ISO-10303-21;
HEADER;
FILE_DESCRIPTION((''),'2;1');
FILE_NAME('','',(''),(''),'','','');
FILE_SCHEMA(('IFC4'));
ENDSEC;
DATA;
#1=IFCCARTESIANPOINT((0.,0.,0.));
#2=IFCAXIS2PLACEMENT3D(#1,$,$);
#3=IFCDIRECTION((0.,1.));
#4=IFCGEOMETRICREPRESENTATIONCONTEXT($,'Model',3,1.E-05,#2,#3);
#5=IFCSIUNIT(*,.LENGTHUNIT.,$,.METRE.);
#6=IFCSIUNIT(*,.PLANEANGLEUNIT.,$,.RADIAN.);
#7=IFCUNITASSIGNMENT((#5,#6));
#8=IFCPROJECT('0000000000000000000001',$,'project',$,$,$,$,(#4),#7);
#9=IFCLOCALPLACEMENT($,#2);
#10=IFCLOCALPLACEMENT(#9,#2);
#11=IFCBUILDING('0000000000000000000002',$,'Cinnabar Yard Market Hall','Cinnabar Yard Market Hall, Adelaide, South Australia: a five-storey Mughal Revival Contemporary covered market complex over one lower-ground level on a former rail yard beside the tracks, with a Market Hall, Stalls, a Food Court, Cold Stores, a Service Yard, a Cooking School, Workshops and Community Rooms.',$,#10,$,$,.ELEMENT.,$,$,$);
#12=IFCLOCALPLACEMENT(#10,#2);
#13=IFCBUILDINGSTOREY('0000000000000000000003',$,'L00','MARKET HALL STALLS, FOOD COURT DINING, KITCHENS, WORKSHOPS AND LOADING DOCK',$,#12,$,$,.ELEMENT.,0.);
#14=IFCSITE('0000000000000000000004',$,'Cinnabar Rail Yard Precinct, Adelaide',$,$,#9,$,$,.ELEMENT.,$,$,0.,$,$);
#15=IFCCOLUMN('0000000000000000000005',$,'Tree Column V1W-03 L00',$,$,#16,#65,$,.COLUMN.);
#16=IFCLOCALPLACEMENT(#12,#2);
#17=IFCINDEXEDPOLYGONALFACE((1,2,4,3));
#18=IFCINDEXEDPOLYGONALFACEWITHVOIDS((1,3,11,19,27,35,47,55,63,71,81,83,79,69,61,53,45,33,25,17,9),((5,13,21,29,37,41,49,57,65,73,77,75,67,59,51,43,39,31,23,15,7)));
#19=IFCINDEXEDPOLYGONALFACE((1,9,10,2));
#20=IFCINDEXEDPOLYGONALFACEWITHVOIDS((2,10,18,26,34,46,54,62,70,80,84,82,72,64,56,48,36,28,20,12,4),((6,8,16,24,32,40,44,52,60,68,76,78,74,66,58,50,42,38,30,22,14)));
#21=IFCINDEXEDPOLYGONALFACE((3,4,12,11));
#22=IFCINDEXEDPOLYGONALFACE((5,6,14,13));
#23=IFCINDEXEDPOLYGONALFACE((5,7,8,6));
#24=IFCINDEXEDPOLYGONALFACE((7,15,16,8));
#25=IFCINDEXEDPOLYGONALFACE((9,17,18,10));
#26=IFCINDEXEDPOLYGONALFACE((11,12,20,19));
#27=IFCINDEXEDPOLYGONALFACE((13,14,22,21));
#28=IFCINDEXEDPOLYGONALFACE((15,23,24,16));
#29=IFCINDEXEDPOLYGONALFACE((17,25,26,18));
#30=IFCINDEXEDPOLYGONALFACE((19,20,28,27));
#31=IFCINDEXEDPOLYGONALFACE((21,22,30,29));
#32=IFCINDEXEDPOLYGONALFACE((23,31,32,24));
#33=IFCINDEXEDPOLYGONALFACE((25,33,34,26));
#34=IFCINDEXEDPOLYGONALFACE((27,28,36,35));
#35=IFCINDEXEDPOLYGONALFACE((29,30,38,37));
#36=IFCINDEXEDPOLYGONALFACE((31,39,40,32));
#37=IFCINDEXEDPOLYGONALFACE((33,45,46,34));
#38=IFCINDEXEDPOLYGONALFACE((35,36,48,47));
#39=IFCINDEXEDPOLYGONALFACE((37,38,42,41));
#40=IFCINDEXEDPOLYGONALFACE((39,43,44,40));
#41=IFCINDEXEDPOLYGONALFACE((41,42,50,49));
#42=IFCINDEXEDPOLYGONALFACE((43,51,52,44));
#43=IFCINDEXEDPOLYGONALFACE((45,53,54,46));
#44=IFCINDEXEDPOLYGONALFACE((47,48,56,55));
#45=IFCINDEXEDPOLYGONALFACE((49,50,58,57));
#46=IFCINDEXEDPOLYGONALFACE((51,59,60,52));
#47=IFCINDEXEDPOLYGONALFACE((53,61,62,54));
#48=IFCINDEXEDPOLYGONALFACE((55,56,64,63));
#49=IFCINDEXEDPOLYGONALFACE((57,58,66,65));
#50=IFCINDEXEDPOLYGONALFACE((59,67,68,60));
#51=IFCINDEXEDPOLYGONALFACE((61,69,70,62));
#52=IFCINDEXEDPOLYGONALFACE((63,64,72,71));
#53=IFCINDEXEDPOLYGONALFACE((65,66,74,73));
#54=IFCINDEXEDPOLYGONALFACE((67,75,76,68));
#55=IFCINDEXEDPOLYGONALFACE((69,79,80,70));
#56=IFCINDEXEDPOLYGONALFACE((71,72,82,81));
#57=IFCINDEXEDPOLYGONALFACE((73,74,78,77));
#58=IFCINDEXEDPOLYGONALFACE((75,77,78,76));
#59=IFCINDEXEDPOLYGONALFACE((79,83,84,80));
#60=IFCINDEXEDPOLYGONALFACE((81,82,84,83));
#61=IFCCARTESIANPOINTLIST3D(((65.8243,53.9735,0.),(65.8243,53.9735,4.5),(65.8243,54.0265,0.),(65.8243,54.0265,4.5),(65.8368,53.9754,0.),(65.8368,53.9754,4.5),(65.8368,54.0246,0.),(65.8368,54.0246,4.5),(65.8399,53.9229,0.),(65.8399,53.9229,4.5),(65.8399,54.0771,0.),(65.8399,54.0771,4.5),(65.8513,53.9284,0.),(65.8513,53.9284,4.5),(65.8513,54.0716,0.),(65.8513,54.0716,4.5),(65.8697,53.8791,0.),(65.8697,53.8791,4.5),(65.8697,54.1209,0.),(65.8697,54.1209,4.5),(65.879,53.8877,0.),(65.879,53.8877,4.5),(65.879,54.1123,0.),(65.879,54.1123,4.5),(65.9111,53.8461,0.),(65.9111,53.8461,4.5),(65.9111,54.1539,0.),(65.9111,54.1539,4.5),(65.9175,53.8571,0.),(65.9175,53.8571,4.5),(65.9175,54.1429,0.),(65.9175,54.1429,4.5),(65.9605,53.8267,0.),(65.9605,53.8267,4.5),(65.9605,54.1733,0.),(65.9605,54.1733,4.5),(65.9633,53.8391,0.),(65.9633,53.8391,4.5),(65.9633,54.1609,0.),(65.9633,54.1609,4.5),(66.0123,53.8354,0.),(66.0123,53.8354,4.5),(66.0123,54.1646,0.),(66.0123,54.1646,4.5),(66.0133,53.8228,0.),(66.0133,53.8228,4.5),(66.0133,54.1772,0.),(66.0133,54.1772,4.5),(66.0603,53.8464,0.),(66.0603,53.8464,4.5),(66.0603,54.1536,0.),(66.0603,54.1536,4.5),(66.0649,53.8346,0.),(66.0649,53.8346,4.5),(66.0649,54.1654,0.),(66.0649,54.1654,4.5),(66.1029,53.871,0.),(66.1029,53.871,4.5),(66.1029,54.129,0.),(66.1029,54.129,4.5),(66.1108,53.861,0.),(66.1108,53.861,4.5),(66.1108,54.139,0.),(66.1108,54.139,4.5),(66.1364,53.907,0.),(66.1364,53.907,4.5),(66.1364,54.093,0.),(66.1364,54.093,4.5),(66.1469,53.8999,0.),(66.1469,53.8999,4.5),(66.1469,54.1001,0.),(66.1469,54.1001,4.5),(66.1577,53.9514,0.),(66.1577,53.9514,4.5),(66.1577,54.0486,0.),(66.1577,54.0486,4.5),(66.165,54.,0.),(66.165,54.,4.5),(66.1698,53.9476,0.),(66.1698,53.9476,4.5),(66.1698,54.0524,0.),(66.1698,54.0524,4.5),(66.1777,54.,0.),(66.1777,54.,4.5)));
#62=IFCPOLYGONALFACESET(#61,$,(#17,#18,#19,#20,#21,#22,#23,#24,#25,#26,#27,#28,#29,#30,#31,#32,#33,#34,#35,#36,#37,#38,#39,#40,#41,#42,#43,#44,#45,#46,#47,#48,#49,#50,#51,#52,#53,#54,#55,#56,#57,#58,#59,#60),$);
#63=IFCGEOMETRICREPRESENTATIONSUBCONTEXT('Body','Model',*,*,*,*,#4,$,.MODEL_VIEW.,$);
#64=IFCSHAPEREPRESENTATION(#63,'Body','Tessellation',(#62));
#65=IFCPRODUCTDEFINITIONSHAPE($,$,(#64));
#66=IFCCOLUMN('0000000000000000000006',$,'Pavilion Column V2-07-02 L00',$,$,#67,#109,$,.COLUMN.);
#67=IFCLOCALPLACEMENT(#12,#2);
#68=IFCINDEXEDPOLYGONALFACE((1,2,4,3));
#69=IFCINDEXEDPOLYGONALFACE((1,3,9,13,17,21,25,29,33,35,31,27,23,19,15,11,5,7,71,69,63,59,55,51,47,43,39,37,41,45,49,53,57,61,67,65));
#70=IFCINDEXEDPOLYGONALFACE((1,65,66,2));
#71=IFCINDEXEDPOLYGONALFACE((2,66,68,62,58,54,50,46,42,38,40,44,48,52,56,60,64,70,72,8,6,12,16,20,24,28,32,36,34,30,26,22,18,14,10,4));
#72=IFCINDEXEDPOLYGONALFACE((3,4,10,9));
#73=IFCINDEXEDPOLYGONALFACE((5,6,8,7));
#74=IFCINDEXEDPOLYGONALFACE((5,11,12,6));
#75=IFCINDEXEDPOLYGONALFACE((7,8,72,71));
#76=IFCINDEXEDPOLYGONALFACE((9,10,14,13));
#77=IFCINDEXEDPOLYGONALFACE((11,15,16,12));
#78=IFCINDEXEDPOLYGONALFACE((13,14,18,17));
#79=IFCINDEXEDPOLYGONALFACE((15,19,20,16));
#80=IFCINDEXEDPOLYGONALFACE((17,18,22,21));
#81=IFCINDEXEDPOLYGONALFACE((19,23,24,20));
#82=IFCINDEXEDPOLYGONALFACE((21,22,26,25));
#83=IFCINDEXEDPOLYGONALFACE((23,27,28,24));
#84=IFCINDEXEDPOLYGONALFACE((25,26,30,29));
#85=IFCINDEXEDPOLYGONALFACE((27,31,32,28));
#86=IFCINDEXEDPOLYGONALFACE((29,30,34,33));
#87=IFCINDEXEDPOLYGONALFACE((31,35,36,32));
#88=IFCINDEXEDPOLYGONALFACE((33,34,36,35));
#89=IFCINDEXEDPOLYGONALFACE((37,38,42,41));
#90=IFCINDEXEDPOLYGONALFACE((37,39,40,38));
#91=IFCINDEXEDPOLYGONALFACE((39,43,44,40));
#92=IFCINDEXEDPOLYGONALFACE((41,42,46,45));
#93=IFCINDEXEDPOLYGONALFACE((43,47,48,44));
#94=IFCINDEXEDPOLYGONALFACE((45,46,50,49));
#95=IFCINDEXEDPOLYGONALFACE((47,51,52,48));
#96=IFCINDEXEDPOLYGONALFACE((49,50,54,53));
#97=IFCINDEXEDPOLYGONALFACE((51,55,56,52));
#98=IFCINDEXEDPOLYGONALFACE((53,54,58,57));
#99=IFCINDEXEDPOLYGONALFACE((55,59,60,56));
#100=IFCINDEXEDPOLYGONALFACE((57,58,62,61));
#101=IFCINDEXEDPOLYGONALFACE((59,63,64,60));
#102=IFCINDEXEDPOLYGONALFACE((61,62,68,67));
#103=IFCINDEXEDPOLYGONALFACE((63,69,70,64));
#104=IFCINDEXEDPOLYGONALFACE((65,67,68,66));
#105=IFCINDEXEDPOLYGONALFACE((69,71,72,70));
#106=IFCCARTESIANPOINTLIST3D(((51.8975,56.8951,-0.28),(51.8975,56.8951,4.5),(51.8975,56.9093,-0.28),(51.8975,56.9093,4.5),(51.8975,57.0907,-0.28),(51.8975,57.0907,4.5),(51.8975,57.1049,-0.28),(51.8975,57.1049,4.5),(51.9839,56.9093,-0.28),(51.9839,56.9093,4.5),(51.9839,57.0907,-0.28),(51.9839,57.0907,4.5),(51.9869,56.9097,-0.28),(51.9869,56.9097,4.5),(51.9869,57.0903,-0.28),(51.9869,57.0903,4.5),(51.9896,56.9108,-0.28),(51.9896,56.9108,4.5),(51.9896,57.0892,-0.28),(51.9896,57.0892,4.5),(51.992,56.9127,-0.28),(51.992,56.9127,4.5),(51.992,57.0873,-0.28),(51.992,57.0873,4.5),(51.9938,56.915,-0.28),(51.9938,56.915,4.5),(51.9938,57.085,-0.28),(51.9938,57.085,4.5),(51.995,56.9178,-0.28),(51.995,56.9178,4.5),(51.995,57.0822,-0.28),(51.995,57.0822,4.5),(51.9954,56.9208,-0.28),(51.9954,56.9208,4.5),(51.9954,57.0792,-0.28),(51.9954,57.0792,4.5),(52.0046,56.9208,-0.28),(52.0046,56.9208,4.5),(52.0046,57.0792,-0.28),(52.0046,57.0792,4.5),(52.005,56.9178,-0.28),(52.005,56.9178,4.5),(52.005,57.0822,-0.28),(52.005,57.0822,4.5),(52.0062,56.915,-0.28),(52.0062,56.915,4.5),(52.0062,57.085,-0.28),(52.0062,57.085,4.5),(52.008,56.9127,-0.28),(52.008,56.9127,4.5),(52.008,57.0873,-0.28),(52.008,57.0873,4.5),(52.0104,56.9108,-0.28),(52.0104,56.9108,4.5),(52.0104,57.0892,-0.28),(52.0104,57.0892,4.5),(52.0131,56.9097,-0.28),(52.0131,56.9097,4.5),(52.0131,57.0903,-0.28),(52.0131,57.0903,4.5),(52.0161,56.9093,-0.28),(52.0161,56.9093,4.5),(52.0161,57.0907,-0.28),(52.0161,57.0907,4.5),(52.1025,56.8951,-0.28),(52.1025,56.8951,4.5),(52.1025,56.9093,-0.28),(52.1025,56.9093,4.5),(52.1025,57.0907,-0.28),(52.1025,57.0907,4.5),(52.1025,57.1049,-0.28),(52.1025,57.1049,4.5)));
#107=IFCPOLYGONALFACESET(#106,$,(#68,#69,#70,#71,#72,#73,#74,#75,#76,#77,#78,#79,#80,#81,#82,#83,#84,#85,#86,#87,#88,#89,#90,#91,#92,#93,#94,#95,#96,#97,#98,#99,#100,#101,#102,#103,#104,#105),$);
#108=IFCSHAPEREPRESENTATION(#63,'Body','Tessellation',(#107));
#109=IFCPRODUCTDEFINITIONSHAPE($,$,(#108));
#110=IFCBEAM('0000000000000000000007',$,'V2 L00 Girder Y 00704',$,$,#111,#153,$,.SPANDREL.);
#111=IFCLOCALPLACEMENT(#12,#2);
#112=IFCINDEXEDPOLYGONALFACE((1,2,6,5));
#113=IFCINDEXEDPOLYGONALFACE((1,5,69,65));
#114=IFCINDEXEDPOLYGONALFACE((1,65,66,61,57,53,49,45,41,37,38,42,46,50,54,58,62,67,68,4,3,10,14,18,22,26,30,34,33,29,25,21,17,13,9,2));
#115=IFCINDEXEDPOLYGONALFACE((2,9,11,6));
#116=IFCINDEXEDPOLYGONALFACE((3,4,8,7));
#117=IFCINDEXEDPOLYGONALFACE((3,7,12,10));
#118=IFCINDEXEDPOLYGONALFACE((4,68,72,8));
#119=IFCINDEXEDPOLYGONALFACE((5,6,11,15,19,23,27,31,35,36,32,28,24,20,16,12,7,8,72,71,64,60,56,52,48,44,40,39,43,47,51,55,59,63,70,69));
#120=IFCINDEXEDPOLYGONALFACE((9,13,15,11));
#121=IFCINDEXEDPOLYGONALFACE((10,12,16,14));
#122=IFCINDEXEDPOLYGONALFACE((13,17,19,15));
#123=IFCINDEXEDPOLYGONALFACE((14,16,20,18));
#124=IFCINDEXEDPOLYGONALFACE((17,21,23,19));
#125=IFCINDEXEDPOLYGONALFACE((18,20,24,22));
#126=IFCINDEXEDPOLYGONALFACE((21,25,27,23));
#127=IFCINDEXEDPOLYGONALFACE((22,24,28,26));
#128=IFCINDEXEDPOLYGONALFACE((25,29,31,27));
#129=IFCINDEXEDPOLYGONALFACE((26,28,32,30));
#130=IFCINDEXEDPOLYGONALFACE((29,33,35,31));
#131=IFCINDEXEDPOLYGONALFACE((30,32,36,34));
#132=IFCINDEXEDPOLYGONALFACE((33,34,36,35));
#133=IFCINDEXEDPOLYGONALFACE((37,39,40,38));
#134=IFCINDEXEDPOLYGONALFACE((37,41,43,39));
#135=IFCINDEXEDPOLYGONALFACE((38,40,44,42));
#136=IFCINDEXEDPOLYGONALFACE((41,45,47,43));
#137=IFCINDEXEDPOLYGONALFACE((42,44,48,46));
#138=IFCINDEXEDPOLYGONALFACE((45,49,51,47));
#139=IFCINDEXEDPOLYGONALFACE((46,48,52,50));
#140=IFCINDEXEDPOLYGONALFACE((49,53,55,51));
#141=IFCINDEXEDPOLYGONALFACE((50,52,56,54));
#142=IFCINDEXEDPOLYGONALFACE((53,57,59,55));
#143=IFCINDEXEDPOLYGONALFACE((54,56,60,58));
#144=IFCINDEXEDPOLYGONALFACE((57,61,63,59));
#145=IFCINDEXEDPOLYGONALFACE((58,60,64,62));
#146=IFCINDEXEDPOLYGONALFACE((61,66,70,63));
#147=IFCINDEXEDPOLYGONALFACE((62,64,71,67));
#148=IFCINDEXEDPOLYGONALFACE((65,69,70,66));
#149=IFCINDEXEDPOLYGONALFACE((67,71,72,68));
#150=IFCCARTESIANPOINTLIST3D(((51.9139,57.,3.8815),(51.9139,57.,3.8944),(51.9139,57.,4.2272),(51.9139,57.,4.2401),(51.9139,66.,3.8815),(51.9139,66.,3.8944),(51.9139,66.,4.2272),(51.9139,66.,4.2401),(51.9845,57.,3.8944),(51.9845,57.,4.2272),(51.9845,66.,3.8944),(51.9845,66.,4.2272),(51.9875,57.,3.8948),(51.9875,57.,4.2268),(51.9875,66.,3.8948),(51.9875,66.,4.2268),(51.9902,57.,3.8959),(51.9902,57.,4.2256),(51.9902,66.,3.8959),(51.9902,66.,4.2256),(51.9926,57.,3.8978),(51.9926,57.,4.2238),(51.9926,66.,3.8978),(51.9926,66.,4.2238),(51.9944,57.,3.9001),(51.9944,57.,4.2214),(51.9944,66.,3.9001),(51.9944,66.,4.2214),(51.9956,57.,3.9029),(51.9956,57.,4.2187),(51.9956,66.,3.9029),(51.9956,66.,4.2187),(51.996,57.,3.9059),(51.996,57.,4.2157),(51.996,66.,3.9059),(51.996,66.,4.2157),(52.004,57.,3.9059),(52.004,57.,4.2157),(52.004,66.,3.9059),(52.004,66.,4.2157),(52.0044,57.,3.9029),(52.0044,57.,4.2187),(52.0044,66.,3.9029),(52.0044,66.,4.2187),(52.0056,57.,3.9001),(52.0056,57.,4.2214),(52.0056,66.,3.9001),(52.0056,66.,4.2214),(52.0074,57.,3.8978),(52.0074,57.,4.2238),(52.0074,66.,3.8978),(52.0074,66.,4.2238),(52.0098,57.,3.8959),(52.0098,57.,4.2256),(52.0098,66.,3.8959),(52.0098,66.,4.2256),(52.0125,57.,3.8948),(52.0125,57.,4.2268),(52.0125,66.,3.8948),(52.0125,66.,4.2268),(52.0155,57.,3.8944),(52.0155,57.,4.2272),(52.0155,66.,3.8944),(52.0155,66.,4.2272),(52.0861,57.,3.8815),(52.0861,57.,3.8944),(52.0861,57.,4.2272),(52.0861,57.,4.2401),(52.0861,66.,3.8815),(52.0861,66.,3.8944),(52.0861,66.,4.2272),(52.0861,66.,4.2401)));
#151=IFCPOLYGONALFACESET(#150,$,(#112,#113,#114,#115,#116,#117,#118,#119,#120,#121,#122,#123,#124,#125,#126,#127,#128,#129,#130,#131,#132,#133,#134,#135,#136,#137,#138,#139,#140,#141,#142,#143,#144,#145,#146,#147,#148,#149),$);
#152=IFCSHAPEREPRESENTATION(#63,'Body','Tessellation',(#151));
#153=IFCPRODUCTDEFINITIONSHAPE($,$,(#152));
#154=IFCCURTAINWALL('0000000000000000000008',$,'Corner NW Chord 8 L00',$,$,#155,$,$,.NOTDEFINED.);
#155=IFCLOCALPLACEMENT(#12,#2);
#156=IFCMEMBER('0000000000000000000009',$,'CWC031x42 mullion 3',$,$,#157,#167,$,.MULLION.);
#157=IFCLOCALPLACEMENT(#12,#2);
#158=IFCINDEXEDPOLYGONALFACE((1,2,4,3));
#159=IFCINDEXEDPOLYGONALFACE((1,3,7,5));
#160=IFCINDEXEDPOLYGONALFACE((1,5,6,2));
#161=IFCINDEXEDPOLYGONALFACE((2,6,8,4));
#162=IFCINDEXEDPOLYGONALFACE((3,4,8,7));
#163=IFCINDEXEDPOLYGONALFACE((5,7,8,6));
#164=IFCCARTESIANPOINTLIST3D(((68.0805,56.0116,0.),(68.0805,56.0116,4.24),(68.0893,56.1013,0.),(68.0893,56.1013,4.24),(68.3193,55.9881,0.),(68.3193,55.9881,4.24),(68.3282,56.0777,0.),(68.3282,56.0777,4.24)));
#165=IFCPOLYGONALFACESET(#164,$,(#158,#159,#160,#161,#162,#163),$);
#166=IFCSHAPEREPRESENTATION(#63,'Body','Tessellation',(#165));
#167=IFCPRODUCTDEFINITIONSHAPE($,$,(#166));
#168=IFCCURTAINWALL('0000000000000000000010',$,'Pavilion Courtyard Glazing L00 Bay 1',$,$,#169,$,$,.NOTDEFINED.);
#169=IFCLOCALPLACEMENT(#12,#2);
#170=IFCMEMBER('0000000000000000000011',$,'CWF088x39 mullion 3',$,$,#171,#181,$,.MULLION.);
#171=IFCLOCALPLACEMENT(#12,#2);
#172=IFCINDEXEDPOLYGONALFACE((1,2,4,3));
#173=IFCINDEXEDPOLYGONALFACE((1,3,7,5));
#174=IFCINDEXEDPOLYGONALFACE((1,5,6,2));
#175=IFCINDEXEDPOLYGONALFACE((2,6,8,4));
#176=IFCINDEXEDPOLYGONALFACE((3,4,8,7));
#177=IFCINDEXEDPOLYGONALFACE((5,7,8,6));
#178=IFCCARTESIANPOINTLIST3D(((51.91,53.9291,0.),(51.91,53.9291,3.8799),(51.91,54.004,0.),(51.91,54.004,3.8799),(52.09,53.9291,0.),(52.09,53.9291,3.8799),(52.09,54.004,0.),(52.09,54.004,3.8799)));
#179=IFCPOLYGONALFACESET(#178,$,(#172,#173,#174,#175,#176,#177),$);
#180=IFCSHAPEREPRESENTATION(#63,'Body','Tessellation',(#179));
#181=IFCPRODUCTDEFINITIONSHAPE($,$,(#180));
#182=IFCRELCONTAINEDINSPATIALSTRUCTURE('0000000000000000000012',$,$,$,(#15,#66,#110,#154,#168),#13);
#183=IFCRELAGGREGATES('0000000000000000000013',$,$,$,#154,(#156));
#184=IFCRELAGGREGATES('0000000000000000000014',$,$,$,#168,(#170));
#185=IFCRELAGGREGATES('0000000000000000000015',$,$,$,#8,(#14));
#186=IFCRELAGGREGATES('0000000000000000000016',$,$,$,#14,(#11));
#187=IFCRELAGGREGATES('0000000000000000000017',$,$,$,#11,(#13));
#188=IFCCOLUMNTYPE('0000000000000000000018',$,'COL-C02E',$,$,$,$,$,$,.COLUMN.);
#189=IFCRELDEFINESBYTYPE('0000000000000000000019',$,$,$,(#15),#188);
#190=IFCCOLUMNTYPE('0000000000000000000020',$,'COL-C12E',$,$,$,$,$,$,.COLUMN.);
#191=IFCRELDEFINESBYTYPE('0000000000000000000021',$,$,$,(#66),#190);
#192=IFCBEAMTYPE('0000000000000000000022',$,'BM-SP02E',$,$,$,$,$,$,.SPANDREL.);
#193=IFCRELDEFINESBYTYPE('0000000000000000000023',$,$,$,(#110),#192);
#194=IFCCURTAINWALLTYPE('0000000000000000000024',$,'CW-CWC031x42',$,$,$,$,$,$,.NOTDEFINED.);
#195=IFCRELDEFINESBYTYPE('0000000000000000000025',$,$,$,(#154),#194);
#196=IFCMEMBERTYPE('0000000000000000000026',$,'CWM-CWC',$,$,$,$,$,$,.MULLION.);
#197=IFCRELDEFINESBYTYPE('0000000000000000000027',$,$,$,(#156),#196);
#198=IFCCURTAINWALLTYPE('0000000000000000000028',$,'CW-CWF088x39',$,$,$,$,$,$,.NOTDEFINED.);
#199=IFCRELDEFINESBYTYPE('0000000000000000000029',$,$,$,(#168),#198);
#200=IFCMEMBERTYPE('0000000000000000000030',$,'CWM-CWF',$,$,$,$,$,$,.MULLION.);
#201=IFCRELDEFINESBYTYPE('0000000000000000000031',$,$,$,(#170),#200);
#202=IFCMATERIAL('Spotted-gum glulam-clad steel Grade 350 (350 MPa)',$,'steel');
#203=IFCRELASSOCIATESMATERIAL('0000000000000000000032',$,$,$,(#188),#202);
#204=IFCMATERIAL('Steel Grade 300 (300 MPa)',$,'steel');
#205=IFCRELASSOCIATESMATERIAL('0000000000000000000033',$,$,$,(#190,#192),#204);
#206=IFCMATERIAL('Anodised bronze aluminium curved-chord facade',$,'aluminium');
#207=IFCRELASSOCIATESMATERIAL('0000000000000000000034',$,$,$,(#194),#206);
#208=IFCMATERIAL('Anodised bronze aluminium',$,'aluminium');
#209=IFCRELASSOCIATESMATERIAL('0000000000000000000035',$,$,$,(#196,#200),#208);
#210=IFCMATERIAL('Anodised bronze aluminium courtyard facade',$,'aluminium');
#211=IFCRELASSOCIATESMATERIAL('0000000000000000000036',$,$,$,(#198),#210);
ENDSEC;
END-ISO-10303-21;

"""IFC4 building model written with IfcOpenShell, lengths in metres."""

from ifc_helpers import new_model, si_unit, direction, frame, origin, origin_2d_with_axis, place, context, subcontext, project, spatial, rectangle, hollow_circle, i_section, extrude, material, material_profile, profile_set, type_object, element, aggregate, save


model = new_model("IFC4")

# Units and contexts
model_context = context("Model", 3, precision=1e-05, world=origin(), true_north=direction((0.0, 1.0)))
body_context = subcontext(model_context, "Body", "Model", "MODEL_VIEW")
ifc_project = project(units=[si_unit("LENGTHUNIT", "METRE"), si_unit("PLANEANGLEUNIT", "RADIAN")], contexts=[model_context])

# Site, building, storey
site_placement = place(None, origin())
site = spatial("IfcSite", under=ifc_project, at=site_placement, Name="Cinnabar Rail Yard Precinct, Adelaide", CompositionType="ELEMENT", RefElevation=0.0)
building_placement = place(site_placement, origin())
building = spatial("IfcBuilding", under=site, at=building_placement, Name="Cinnabar Yard Market Hall", Description="Cinnabar Yard Market Hall, Adelaide, South Australia: a five-storey Mughal Revival Contemporary covered market complex over one lower-ground level on a former rail yard beside the tracks, with a Market Hall, Stalls, a Food Court, Cold Stores, a Service Yard, a Cooking School, Workshops and Community Rooms.", CompositionType="ELEMENT")
storey_placement = place(building_placement, origin())
storey = spatial("IfcBuildingStorey", under=building, at=storey_placement, Name="L00", Description="MARKET HALL STALLS, FOOD COURT DINING, KITCHENS, WORKSHOPS AND LOADING DOCK", CompositionType="ELEMENT", Elevation=0.0)

# Columns
ifc_material_1 = material(Name="Spotted-gum glulam-clad steel Grade 350 (350 MPa)", Category="steel")
ifc_material_profile_1 = material_profile(ifc_material_1, hollow_circle(Radius=0.1777, WallThickness=0.0127, at=origin_2d_with_axis()), Name="355.6x12.7CHS")
ifc_profile_set_1 = profile_set([ifc_material_profile_1], Name="Spotted-gum glulam-clad steel Grade 350 (350 MPa)")
column_type_1 = type_object("IfcColumnType", Name="COL-C02E", PredefinedType="COLUMN", material=ifc_profile_set_1)
column_1_placement = place(storey_placement, frame((66.0, 54.0, 0.0), z_axis=(0.0, 0.0, 1.0), x_axis=(1.0, 0.0, 0.0)))
element("IfcColumn", 1, at=column_1_placement, inside=storey, type_object=column_type_1, Name="Tree Column V1W-03 L00", PredefinedType="COLUMN", context=body_context, shape_type="SweptSolid", body=[
    extrude(hollow_circle(Radius=0.1777, WallThickness=0.0127, at=origin_2d_with_axis()), origin(), (0.0, 0.0, 1.0), 4.5),
])
ifc_material_2 = material(Name="Steel Grade 300 (300 MPa)", Category="steel")
ifc_material_profile_2 = material_profile(ifc_material_2, i_section(OverallWidth=0.2051, OverallDepth=0.2097, WebThickness=0.0093, FlangeThickness=0.0142, FilletRadius=0.0115, at=origin_2d_with_axis()), Name="200UC59.5")
ifc_profile_set_2 = profile_set([ifc_material_profile_2], Name="Steel Grade 300 (300 MPa)")
column_type_2 = type_object("IfcColumnType", Name="COL-C12E", PredefinedType="COLUMN", material=ifc_profile_set_2)
column_2_placement = place(storey_placement, frame((52.0, 57.0, -0.28), z_axis=(0.0, 0.0, 1.0), x_axis=(1.0, 0.0, 0.0)))
element("IfcColumn", 2, at=column_2_placement, inside=storey, type_object=column_type_2, Name="Pavilion Column V2-07-02 L00", PredefinedType="COLUMN", context=body_context, shape_type="SweptSolid", body=[
    extrude(i_section(OverallWidth=0.2051, OverallDepth=0.2097, WebThickness=0.0093, FlangeThickness=0.0142, FilletRadius=0.0115, at=origin_2d_with_axis()), origin(), (0.0, 0.0, 1.0), 4.78),
])

# Beam
ifc_material_profile_3 = material_profile(ifc_material_2, i_section(OverallWidth=0.1721, OverallDepth=0.3586, WebThickness=0.0081, FlangeThickness=0.0129, FilletRadius=0.0115, at=origin_2d_with_axis()), Name="360UB56.7")
ifc_profile_set_3 = profile_set([ifc_material_profile_3], Name="Steel Grade 300 (300 MPa)")
beam_type = type_object("IfcBeamType", Name="BM-SP02E", PredefinedType="SPANDREL", material=ifc_profile_set_3)
beam_placement = place(storey_placement, frame((52.0, 57.0, 4.0608), z_axis=(0.0, 1.0, 0.0), x_axis=(-1.0, 0.0, 0.0)))
element("IfcBeam", 3, at=beam_placement, inside=storey, type_object=beam_type, Name="V2 L00 Girder Y 00704", PredefinedType="SPANDREL", context=body_context, shape_type="SweptSolid", body=[
    extrude(i_section(OverallWidth=0.1721, OverallDepth=0.3586, WebThickness=0.0081, FlangeThickness=0.0129, FilletRadius=0.0115, at=origin_2d_with_axis()), origin(), (0.0, 0.0, 1.0), 9.0),
])

# Curtain wall, member
ifc_material_3 = material(Name="Anodised bronze aluminium curved-chord facade", Category="aluminium")
curtain_wall_type_1 = type_object("IfcCurtainWallType", Name="CW-CWC031x42", PredefinedType="NOTDEFINED", material=ifc_material_3)
curtain_wall_1_placement = place(storey_placement, origin())
curtain_wall_1 = element("IfcCurtainWall", 4, at=curtain_wall_1_placement, inside=storey, type_object=curtain_wall_type_1, Name="Corner NW Chord 8 L00", PredefinedType="NOTDEFINED")
ifc_material_4 = material(Name="Anodised bronze aluminium", Category="aluminium")
ifc_material_profile_4 = material_profile(ifc_material_4, rectangle(XDim=0.24, YDim=0.0901, at=origin_2d_with_axis()), Name="MUL-CWC")
ifc_profile_set_4 = profile_set([ifc_material_profile_4], Name="Anodised bronze aluminium")
member_type_1 = type_object("IfcMemberType", Name="CWM-CWC", PredefinedType="MULLION", material=ifc_profile_set_4)
member_1_placement = place(storey_placement, frame((68.2043, 56.0447, 0.0), z_axis=(0.0, 0.0, 1.0), x_axis=(0.995184, -0.09802, 0.0)))
member_1 = element("IfcMember", 5, at=member_1_placement, type_object=member_type_1, Name="CWC031x42 mullion 3", PredefinedType="MULLION", context=body_context, shape_type="SweptSolid", body=[
    extrude(rectangle(XDim=0.24, YDim=0.0901, at=origin_2d_with_axis()), origin(), (0.0, 0.0, 1.0), 4.24),
])

# Curtain wall, member
ifc_material_5 = material(Name="Anodised bronze aluminium courtyard facade", Category="aluminium")
curtain_wall_type_2 = type_object("IfcCurtainWallType", Name="CW-CWF088x39", PredefinedType="NOTDEFINED", material=ifc_material_5)
curtain_wall_2_placement = place(storey_placement, origin())
curtain_wall_2 = element("IfcCurtainWall", 6, at=curtain_wall_2_placement, inside=storey, type_object=curtain_wall_type_2, Name="Pavilion Courtyard Glazing L00 Bay 1", PredefinedType="NOTDEFINED")
ifc_material_profile_5 = material_profile(ifc_material_4, rectangle(XDim=0.1799, YDim=0.075, at=origin_2d_with_axis()), Name="MUL-CWF")
ifc_profile_set_5 = profile_set([ifc_material_profile_5], Name="Anodised bronze aluminium")
member_type_2 = type_object("IfcMemberType", Name="CWM-CWF", PredefinedType="MULLION", material=ifc_profile_set_5)
member_2_placement = place(storey_placement, frame((52.0, 53.9666, 0.0), z_axis=(0.0, 0.0, 1.0), x_axis=(-1.0, 0.0, 0.0)))
member_2 = element("IfcMember", 7, at=member_2_placement, type_object=member_type_2, Name="CWF088x39 mullion 3", PredefinedType="MULLION", context=body_context, shape_type="SweptSolid", body=[
    extrude(rectangle(XDim=0.1799, YDim=0.075, at=origin_2d_with_axis()), origin(), (0.0, 0.0, 1.0), 3.8799),
])

aggregate(curtain_wall_1, [member_1])
aggregate(curtain_wall_2, [member_2])

save(model, "model.ifc")
